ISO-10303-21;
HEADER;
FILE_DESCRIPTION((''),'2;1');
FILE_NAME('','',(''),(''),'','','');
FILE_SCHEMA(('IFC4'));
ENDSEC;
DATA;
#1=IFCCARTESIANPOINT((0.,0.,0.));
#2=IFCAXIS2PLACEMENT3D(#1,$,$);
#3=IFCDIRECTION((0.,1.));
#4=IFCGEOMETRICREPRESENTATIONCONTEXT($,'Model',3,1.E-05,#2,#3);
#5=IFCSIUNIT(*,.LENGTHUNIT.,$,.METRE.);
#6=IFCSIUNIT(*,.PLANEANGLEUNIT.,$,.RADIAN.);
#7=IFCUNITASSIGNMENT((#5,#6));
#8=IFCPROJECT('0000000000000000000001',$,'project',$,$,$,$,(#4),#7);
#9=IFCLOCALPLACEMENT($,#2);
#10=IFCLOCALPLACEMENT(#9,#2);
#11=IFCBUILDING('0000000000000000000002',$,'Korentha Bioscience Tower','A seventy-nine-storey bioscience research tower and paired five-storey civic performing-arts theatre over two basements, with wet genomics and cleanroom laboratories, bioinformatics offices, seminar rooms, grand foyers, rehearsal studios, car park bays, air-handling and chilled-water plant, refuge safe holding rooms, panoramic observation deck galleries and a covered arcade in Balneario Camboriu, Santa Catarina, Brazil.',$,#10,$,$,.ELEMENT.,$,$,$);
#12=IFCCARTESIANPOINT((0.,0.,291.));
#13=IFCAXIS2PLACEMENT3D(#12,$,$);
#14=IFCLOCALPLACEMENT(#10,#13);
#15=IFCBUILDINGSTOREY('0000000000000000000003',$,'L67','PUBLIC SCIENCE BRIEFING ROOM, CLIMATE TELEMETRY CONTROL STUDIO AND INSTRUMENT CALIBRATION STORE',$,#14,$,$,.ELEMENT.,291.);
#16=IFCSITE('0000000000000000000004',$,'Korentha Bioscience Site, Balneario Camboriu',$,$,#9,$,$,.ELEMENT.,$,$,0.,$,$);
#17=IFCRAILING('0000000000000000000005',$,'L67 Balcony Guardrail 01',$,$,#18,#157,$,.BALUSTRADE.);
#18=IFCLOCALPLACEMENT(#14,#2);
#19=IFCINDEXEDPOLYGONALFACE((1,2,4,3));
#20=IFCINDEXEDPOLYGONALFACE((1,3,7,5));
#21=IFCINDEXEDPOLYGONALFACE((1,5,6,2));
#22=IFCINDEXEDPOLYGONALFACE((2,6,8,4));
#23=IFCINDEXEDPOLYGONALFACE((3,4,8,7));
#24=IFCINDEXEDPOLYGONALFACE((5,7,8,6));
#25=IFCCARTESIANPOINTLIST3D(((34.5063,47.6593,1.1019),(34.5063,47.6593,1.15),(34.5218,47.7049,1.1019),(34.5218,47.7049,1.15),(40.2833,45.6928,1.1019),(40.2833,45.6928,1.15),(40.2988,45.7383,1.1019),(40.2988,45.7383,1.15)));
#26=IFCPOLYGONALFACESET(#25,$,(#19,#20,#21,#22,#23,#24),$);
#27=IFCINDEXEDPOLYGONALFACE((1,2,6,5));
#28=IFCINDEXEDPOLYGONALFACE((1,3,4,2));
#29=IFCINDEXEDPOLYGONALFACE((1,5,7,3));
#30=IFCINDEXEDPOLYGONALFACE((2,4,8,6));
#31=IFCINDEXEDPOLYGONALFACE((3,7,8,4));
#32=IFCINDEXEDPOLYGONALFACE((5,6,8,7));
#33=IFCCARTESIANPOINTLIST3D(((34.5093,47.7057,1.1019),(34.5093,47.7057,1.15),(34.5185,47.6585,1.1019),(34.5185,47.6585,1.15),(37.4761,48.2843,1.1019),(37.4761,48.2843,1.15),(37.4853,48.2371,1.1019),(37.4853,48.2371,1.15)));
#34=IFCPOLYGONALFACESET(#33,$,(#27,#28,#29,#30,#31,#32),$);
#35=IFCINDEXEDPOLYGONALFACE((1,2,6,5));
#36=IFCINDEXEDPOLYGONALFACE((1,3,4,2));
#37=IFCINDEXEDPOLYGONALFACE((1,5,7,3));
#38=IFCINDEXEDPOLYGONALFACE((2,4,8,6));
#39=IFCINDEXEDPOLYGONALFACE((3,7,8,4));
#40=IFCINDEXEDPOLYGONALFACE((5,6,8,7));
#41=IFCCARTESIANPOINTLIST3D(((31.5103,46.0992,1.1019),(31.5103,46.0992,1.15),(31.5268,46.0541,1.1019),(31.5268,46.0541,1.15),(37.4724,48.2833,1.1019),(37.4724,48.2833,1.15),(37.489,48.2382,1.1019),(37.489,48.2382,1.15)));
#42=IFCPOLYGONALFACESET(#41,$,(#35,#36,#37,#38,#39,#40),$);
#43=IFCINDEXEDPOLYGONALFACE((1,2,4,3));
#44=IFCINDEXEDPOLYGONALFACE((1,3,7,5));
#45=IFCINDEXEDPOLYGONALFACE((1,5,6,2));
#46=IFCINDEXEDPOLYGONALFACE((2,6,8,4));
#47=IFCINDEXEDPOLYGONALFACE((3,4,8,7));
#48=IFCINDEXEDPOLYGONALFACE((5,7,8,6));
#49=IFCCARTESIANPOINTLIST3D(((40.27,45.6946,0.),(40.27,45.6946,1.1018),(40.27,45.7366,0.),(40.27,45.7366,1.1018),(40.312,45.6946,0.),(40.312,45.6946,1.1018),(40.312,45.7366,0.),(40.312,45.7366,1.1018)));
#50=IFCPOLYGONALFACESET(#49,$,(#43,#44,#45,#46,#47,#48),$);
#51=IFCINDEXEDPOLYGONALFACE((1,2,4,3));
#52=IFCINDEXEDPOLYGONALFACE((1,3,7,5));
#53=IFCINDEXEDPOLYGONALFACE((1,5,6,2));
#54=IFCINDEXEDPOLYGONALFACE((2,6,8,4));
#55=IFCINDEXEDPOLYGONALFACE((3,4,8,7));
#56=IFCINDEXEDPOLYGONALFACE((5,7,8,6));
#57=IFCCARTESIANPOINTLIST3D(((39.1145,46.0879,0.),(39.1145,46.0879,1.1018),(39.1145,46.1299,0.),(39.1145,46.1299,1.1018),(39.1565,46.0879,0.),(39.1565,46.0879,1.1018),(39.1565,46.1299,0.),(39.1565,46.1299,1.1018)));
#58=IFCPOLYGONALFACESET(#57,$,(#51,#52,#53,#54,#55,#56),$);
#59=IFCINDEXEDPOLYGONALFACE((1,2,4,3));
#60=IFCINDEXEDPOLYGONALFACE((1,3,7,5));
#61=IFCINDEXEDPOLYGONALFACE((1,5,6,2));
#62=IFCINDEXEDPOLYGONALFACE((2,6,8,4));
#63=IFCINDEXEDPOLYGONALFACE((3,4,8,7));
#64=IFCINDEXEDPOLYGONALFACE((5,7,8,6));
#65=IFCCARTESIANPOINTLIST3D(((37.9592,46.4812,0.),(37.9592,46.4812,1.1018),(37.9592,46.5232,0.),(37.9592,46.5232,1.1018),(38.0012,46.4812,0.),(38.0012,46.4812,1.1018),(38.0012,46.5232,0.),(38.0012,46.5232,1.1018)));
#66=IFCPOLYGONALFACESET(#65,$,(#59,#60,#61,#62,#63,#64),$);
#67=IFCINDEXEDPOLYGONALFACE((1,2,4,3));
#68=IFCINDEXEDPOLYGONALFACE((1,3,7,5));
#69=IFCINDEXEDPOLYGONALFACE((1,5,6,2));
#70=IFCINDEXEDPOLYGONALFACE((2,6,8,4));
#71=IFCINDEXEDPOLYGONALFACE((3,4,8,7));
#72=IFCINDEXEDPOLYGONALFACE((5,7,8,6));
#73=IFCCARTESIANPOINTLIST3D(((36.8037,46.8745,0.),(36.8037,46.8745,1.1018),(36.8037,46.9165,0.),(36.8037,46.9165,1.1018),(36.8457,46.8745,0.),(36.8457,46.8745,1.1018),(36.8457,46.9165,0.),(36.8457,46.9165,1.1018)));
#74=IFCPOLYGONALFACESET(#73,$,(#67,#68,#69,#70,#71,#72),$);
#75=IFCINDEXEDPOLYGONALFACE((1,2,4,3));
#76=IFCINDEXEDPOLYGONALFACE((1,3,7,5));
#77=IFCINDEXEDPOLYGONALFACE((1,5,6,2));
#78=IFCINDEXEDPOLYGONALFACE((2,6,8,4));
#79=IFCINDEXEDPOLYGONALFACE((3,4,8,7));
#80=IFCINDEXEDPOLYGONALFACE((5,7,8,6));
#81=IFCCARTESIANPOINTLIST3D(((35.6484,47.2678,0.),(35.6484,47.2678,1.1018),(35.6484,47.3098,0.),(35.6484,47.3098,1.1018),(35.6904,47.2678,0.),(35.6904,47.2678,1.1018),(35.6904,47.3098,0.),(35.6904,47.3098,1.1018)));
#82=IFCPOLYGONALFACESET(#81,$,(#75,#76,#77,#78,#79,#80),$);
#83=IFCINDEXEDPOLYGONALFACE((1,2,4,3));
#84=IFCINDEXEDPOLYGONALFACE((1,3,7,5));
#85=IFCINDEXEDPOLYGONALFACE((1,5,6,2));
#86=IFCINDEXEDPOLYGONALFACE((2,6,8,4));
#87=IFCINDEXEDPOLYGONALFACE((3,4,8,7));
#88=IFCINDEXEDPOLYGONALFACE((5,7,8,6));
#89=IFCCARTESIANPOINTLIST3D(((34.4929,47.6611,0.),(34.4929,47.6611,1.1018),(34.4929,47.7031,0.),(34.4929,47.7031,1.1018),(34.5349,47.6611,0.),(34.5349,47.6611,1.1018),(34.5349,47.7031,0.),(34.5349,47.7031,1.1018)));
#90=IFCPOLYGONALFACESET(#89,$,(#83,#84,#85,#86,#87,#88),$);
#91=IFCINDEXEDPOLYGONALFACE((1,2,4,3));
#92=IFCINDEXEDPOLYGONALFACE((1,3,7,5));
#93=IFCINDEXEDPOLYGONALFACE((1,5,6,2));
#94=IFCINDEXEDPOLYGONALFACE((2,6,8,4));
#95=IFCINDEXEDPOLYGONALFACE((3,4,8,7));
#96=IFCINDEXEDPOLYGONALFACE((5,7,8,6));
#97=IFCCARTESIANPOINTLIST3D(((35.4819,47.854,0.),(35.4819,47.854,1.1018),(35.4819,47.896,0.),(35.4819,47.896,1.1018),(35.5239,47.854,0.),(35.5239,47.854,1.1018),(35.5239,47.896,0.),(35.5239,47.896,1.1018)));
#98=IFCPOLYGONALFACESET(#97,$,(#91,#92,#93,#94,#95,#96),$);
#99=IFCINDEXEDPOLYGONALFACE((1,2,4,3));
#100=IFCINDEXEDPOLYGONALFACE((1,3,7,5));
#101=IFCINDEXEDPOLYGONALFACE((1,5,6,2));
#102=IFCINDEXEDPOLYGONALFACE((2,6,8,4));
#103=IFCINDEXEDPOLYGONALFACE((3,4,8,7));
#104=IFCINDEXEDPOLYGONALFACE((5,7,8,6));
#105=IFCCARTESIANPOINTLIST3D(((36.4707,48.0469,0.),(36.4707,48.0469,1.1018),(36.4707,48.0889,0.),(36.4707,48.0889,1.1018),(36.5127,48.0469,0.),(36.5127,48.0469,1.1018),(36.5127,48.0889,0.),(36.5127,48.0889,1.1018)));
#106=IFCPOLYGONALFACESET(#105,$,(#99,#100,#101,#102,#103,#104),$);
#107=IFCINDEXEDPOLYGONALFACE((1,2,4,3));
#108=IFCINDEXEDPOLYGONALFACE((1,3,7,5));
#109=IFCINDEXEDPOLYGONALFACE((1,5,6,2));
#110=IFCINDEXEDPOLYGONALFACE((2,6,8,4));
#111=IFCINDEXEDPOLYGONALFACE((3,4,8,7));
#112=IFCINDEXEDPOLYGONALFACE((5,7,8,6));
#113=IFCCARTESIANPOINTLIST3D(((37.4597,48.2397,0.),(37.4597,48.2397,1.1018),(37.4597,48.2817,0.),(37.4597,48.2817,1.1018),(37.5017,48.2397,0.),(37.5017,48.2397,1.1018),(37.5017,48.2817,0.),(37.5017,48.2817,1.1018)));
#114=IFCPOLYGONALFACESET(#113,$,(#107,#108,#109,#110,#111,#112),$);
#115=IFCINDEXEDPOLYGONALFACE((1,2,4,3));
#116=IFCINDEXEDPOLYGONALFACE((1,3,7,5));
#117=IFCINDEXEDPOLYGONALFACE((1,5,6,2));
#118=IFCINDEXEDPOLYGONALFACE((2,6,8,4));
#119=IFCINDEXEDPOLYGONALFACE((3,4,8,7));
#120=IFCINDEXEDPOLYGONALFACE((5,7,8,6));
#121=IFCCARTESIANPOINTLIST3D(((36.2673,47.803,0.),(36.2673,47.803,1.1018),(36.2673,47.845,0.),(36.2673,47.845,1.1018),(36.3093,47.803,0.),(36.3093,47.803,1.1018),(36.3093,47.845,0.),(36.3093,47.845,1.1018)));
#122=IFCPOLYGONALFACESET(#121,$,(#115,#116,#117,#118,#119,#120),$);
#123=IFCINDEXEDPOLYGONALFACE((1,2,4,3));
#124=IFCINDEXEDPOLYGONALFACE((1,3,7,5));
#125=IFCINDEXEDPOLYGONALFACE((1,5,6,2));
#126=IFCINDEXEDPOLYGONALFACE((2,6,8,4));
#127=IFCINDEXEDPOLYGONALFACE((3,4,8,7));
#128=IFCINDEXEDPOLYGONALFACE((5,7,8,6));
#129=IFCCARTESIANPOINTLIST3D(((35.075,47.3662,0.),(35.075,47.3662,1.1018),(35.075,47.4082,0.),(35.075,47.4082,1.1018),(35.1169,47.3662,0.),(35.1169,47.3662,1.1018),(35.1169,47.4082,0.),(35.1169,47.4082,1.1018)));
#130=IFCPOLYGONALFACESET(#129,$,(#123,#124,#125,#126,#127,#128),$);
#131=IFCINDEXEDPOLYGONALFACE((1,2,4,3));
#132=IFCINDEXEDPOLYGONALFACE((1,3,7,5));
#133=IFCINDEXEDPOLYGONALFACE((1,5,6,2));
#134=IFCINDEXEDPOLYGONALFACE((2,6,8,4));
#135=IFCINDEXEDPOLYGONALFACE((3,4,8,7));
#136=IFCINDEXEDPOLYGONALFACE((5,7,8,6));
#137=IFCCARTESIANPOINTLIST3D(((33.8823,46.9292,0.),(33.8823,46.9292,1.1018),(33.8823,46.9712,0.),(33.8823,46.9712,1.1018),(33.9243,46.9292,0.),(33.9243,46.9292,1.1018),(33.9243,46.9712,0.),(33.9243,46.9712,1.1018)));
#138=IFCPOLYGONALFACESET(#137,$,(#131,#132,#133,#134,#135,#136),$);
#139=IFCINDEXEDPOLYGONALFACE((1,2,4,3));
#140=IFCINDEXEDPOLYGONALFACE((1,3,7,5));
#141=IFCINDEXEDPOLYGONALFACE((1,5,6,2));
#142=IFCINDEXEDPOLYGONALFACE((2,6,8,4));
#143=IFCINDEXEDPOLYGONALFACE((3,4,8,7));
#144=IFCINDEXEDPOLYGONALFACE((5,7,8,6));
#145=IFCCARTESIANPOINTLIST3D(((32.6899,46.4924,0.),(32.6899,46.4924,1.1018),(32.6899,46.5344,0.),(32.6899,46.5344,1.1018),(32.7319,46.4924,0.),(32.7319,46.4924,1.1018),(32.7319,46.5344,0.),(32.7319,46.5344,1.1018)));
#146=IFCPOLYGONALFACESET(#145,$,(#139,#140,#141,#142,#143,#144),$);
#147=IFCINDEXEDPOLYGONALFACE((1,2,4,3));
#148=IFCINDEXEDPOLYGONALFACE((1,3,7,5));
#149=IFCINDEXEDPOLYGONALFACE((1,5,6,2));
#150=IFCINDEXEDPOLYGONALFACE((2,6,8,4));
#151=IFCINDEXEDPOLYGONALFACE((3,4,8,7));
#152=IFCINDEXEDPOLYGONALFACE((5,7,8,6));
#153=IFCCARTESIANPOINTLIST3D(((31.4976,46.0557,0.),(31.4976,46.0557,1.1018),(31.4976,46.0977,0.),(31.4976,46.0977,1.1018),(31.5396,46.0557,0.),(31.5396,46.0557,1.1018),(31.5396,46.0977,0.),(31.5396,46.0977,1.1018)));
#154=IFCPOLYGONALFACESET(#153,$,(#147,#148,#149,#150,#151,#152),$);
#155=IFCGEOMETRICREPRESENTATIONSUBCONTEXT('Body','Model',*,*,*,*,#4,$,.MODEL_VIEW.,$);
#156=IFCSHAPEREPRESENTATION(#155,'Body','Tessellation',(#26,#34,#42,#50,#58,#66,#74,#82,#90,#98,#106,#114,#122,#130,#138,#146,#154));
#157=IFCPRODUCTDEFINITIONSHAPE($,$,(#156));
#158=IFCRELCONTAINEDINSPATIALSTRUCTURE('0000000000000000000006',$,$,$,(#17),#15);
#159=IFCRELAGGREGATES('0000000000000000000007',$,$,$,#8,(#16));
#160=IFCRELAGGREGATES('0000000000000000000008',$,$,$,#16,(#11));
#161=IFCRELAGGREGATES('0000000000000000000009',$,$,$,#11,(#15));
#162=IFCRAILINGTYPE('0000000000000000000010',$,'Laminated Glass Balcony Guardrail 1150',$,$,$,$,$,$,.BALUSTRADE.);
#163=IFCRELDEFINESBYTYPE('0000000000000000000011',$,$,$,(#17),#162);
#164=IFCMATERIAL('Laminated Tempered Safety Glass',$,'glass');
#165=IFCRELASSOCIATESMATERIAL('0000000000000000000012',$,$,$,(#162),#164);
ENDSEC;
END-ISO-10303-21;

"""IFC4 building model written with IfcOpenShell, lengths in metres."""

from ifc_helpers import new_model, si_unit, direction, frame, origin, origin_2d, place, context, subcontext, project, spatial, rectangle, extrude, material, type_object, element, save


model = new_model("IFC4")

# Units and contexts
model_context = context("Model", 3, precision=1e-05, world=origin(), true_north=direction((0.0, 1.0)))
body_context = subcontext(model_context, "Body", "Model", "MODEL_VIEW")
ifc_project = project(units=[si_unit("LENGTHUNIT", "METRE"), si_unit("PLANEANGLEUNIT", "RADIAN")], contexts=[model_context])

# Site, building, storey
site_placement = place(None, origin())
site = spatial("IfcSite", under=ifc_project, at=site_placement, Name="Korentha Bioscience Site, Balneario Camboriu", CompositionType="ELEMENT", RefElevation=0.0)
building_placement = place(site_placement, origin())
building = spatial("IfcBuilding", under=site, at=building_placement, Name="Korentha Bioscience Tower", Description="A seventy-nine-storey bioscience research tower and paired five-storey civic performing-arts theatre over two basements, with wet genomics and cleanroom laboratories, bioinformatics offices, seminar rooms, grand foyers, rehearsal studios, car park bays, air-handling and chilled-water plant, refuge safe holding rooms, panoramic observation deck galleries and a covered arcade in Balneario Camboriu, Santa Catarina, Brazil.", CompositionType="ELEMENT")
storey_placement = place(building_placement, frame((0.0, 0.0, 291.0)))
storey = spatial("IfcBuildingStorey", under=building, at=storey_placement, Name="L67", Description="PUBLIC SCIENCE BRIEFING ROOM, CLIMATE TELEMETRY CONTROL STUDIO AND INSTRUMENT CALIBRATION STORE", CompositionType="ELEMENT", Elevation=291.0)

# Railing
ifc_material_1 = material(Name="Laminated Tempered Safety Glass", Category="glass")
railing_type = type_object("IfcRailingType", Name="Laminated Glass Balcony Guardrail 1150", PredefinedType="BALUSTRADE", material=ifc_material_1)
railing_placement = place(storey_placement, frame((40.291, 45.7156, 0.0)))
element("IfcRailing", 1, at=railing_placement, inside=storey, type_object=railing_type, Name="L67 Balcony Guardrail 01", PredefinedType="BALUSTRADE", context=body_context, shape_type="SweptSolid", body=[
    extrude(rectangle(XDim=0.0481, YDim=0.0481, at=origin_2d()), frame((0.0, 0.0, 1.126), z_axis=(-0.946656, 0.322246, 0.0), x_axis=(-0.322246, -0.946656, 0.0)), (0.0, 0.0, 1.0), 6.1025),
    extrude(rectangle(XDim=0.0481, YDim=0.0481, at=origin_2d()), frame((-5.7771, 1.9666, 1.126), z_axis=(0.981508, 0.191423, 0.0), x_axis=(-0.191423, 0.981508, 0.0)), (0.0, 0.0, 1.0), 3.0227),
    extrude(rectangle(XDim=0.0481, YDim=0.0481, at=origin_2d()), frame((-2.8103, 2.5452, 1.126), z_axis=(-0.93898, -0.343971, 0.0), x_axis=(0.343971, -0.93898, 0.0)), (0.0, 0.0, 1.0), 6.3496),
    extrude(rectangle(XDim=0.042, YDim=0.042, at=origin_2d()), origin(), (0.0, 0.0, 1.0), 1.1018),
    extrude(rectangle(XDim=0.042, YDim=0.042, at=origin_2d()), frame((-1.1555, 0.3933, 0.0)), (0.0, 0.0, 1.0), 1.1018),
    extrude(rectangle(XDim=0.042, YDim=0.042, at=origin_2d()), frame((-2.3108, 0.7866, 0.0)), (0.0, 0.0, 1.0), 1.1018),
    extrude(rectangle(XDim=0.042, YDim=0.042, at=origin_2d()), frame((-3.4663, 1.1799, 0.0)), (0.0, 0.0, 1.0), 1.1018),
    extrude(rectangle(XDim=0.042, YDim=0.042, at=origin_2d()), frame((-4.6216, 1.5732, 0.0)), (0.0, 0.0, 1.0), 1.1018),
    extrude(rectangle(XDim=0.042, YDim=0.042, at=origin_2d()), frame((-5.7771, 1.9666, 0.0)), (0.0, 0.0, 1.0), 1.1018),
    extrude(rectangle(XDim=0.042, YDim=0.042, at=origin_2d()), frame((-4.7881, 2.1594, 0.0)), (0.0, 0.0, 1.0), 1.1018),
    extrude(rectangle(XDim=0.042, YDim=0.042, at=origin_2d()), frame((-3.7993, 2.3523, 0.0)), (0.0, 0.0, 1.0), 1.1018),
    extrude(rectangle(XDim=0.042, YDim=0.042, at=origin_2d()), frame((-2.8103, 2.5452, 0.0)), (0.0, 0.0, 1.0), 1.1018),
    extrude(rectangle(XDim=0.042, YDim=0.042, at=origin_2d()), frame((-4.0027, 2.1084, 0.0)), (0.0, 0.0, 1.0), 1.1018),
    extrude(rectangle(XDim=0.042, YDim=0.042, at=origin_2d()), frame((-5.1951, 1.6716, 0.0)), (0.0, 0.0, 1.0), 1.1018),
    extrude(rectangle(XDim=0.042, YDim=0.042, at=origin_2d()), frame((-6.3877, 1.2346, 0.0)), (0.0, 0.0, 1.0), 1.1018),
    extrude(rectangle(XDim=0.042, YDim=0.042, at=origin_2d()), frame((-7.5801, 0.7979, 0.0)), (0.0, 0.0, 1.0), 1.1018),
    extrude(rectangle(XDim=0.042, YDim=0.042, at=origin_2d()), frame((-8.7725, 0.3611, 0.0)), (0.0, 0.0, 1.0), 1.1018),
])

save(model, "model.ifc")
